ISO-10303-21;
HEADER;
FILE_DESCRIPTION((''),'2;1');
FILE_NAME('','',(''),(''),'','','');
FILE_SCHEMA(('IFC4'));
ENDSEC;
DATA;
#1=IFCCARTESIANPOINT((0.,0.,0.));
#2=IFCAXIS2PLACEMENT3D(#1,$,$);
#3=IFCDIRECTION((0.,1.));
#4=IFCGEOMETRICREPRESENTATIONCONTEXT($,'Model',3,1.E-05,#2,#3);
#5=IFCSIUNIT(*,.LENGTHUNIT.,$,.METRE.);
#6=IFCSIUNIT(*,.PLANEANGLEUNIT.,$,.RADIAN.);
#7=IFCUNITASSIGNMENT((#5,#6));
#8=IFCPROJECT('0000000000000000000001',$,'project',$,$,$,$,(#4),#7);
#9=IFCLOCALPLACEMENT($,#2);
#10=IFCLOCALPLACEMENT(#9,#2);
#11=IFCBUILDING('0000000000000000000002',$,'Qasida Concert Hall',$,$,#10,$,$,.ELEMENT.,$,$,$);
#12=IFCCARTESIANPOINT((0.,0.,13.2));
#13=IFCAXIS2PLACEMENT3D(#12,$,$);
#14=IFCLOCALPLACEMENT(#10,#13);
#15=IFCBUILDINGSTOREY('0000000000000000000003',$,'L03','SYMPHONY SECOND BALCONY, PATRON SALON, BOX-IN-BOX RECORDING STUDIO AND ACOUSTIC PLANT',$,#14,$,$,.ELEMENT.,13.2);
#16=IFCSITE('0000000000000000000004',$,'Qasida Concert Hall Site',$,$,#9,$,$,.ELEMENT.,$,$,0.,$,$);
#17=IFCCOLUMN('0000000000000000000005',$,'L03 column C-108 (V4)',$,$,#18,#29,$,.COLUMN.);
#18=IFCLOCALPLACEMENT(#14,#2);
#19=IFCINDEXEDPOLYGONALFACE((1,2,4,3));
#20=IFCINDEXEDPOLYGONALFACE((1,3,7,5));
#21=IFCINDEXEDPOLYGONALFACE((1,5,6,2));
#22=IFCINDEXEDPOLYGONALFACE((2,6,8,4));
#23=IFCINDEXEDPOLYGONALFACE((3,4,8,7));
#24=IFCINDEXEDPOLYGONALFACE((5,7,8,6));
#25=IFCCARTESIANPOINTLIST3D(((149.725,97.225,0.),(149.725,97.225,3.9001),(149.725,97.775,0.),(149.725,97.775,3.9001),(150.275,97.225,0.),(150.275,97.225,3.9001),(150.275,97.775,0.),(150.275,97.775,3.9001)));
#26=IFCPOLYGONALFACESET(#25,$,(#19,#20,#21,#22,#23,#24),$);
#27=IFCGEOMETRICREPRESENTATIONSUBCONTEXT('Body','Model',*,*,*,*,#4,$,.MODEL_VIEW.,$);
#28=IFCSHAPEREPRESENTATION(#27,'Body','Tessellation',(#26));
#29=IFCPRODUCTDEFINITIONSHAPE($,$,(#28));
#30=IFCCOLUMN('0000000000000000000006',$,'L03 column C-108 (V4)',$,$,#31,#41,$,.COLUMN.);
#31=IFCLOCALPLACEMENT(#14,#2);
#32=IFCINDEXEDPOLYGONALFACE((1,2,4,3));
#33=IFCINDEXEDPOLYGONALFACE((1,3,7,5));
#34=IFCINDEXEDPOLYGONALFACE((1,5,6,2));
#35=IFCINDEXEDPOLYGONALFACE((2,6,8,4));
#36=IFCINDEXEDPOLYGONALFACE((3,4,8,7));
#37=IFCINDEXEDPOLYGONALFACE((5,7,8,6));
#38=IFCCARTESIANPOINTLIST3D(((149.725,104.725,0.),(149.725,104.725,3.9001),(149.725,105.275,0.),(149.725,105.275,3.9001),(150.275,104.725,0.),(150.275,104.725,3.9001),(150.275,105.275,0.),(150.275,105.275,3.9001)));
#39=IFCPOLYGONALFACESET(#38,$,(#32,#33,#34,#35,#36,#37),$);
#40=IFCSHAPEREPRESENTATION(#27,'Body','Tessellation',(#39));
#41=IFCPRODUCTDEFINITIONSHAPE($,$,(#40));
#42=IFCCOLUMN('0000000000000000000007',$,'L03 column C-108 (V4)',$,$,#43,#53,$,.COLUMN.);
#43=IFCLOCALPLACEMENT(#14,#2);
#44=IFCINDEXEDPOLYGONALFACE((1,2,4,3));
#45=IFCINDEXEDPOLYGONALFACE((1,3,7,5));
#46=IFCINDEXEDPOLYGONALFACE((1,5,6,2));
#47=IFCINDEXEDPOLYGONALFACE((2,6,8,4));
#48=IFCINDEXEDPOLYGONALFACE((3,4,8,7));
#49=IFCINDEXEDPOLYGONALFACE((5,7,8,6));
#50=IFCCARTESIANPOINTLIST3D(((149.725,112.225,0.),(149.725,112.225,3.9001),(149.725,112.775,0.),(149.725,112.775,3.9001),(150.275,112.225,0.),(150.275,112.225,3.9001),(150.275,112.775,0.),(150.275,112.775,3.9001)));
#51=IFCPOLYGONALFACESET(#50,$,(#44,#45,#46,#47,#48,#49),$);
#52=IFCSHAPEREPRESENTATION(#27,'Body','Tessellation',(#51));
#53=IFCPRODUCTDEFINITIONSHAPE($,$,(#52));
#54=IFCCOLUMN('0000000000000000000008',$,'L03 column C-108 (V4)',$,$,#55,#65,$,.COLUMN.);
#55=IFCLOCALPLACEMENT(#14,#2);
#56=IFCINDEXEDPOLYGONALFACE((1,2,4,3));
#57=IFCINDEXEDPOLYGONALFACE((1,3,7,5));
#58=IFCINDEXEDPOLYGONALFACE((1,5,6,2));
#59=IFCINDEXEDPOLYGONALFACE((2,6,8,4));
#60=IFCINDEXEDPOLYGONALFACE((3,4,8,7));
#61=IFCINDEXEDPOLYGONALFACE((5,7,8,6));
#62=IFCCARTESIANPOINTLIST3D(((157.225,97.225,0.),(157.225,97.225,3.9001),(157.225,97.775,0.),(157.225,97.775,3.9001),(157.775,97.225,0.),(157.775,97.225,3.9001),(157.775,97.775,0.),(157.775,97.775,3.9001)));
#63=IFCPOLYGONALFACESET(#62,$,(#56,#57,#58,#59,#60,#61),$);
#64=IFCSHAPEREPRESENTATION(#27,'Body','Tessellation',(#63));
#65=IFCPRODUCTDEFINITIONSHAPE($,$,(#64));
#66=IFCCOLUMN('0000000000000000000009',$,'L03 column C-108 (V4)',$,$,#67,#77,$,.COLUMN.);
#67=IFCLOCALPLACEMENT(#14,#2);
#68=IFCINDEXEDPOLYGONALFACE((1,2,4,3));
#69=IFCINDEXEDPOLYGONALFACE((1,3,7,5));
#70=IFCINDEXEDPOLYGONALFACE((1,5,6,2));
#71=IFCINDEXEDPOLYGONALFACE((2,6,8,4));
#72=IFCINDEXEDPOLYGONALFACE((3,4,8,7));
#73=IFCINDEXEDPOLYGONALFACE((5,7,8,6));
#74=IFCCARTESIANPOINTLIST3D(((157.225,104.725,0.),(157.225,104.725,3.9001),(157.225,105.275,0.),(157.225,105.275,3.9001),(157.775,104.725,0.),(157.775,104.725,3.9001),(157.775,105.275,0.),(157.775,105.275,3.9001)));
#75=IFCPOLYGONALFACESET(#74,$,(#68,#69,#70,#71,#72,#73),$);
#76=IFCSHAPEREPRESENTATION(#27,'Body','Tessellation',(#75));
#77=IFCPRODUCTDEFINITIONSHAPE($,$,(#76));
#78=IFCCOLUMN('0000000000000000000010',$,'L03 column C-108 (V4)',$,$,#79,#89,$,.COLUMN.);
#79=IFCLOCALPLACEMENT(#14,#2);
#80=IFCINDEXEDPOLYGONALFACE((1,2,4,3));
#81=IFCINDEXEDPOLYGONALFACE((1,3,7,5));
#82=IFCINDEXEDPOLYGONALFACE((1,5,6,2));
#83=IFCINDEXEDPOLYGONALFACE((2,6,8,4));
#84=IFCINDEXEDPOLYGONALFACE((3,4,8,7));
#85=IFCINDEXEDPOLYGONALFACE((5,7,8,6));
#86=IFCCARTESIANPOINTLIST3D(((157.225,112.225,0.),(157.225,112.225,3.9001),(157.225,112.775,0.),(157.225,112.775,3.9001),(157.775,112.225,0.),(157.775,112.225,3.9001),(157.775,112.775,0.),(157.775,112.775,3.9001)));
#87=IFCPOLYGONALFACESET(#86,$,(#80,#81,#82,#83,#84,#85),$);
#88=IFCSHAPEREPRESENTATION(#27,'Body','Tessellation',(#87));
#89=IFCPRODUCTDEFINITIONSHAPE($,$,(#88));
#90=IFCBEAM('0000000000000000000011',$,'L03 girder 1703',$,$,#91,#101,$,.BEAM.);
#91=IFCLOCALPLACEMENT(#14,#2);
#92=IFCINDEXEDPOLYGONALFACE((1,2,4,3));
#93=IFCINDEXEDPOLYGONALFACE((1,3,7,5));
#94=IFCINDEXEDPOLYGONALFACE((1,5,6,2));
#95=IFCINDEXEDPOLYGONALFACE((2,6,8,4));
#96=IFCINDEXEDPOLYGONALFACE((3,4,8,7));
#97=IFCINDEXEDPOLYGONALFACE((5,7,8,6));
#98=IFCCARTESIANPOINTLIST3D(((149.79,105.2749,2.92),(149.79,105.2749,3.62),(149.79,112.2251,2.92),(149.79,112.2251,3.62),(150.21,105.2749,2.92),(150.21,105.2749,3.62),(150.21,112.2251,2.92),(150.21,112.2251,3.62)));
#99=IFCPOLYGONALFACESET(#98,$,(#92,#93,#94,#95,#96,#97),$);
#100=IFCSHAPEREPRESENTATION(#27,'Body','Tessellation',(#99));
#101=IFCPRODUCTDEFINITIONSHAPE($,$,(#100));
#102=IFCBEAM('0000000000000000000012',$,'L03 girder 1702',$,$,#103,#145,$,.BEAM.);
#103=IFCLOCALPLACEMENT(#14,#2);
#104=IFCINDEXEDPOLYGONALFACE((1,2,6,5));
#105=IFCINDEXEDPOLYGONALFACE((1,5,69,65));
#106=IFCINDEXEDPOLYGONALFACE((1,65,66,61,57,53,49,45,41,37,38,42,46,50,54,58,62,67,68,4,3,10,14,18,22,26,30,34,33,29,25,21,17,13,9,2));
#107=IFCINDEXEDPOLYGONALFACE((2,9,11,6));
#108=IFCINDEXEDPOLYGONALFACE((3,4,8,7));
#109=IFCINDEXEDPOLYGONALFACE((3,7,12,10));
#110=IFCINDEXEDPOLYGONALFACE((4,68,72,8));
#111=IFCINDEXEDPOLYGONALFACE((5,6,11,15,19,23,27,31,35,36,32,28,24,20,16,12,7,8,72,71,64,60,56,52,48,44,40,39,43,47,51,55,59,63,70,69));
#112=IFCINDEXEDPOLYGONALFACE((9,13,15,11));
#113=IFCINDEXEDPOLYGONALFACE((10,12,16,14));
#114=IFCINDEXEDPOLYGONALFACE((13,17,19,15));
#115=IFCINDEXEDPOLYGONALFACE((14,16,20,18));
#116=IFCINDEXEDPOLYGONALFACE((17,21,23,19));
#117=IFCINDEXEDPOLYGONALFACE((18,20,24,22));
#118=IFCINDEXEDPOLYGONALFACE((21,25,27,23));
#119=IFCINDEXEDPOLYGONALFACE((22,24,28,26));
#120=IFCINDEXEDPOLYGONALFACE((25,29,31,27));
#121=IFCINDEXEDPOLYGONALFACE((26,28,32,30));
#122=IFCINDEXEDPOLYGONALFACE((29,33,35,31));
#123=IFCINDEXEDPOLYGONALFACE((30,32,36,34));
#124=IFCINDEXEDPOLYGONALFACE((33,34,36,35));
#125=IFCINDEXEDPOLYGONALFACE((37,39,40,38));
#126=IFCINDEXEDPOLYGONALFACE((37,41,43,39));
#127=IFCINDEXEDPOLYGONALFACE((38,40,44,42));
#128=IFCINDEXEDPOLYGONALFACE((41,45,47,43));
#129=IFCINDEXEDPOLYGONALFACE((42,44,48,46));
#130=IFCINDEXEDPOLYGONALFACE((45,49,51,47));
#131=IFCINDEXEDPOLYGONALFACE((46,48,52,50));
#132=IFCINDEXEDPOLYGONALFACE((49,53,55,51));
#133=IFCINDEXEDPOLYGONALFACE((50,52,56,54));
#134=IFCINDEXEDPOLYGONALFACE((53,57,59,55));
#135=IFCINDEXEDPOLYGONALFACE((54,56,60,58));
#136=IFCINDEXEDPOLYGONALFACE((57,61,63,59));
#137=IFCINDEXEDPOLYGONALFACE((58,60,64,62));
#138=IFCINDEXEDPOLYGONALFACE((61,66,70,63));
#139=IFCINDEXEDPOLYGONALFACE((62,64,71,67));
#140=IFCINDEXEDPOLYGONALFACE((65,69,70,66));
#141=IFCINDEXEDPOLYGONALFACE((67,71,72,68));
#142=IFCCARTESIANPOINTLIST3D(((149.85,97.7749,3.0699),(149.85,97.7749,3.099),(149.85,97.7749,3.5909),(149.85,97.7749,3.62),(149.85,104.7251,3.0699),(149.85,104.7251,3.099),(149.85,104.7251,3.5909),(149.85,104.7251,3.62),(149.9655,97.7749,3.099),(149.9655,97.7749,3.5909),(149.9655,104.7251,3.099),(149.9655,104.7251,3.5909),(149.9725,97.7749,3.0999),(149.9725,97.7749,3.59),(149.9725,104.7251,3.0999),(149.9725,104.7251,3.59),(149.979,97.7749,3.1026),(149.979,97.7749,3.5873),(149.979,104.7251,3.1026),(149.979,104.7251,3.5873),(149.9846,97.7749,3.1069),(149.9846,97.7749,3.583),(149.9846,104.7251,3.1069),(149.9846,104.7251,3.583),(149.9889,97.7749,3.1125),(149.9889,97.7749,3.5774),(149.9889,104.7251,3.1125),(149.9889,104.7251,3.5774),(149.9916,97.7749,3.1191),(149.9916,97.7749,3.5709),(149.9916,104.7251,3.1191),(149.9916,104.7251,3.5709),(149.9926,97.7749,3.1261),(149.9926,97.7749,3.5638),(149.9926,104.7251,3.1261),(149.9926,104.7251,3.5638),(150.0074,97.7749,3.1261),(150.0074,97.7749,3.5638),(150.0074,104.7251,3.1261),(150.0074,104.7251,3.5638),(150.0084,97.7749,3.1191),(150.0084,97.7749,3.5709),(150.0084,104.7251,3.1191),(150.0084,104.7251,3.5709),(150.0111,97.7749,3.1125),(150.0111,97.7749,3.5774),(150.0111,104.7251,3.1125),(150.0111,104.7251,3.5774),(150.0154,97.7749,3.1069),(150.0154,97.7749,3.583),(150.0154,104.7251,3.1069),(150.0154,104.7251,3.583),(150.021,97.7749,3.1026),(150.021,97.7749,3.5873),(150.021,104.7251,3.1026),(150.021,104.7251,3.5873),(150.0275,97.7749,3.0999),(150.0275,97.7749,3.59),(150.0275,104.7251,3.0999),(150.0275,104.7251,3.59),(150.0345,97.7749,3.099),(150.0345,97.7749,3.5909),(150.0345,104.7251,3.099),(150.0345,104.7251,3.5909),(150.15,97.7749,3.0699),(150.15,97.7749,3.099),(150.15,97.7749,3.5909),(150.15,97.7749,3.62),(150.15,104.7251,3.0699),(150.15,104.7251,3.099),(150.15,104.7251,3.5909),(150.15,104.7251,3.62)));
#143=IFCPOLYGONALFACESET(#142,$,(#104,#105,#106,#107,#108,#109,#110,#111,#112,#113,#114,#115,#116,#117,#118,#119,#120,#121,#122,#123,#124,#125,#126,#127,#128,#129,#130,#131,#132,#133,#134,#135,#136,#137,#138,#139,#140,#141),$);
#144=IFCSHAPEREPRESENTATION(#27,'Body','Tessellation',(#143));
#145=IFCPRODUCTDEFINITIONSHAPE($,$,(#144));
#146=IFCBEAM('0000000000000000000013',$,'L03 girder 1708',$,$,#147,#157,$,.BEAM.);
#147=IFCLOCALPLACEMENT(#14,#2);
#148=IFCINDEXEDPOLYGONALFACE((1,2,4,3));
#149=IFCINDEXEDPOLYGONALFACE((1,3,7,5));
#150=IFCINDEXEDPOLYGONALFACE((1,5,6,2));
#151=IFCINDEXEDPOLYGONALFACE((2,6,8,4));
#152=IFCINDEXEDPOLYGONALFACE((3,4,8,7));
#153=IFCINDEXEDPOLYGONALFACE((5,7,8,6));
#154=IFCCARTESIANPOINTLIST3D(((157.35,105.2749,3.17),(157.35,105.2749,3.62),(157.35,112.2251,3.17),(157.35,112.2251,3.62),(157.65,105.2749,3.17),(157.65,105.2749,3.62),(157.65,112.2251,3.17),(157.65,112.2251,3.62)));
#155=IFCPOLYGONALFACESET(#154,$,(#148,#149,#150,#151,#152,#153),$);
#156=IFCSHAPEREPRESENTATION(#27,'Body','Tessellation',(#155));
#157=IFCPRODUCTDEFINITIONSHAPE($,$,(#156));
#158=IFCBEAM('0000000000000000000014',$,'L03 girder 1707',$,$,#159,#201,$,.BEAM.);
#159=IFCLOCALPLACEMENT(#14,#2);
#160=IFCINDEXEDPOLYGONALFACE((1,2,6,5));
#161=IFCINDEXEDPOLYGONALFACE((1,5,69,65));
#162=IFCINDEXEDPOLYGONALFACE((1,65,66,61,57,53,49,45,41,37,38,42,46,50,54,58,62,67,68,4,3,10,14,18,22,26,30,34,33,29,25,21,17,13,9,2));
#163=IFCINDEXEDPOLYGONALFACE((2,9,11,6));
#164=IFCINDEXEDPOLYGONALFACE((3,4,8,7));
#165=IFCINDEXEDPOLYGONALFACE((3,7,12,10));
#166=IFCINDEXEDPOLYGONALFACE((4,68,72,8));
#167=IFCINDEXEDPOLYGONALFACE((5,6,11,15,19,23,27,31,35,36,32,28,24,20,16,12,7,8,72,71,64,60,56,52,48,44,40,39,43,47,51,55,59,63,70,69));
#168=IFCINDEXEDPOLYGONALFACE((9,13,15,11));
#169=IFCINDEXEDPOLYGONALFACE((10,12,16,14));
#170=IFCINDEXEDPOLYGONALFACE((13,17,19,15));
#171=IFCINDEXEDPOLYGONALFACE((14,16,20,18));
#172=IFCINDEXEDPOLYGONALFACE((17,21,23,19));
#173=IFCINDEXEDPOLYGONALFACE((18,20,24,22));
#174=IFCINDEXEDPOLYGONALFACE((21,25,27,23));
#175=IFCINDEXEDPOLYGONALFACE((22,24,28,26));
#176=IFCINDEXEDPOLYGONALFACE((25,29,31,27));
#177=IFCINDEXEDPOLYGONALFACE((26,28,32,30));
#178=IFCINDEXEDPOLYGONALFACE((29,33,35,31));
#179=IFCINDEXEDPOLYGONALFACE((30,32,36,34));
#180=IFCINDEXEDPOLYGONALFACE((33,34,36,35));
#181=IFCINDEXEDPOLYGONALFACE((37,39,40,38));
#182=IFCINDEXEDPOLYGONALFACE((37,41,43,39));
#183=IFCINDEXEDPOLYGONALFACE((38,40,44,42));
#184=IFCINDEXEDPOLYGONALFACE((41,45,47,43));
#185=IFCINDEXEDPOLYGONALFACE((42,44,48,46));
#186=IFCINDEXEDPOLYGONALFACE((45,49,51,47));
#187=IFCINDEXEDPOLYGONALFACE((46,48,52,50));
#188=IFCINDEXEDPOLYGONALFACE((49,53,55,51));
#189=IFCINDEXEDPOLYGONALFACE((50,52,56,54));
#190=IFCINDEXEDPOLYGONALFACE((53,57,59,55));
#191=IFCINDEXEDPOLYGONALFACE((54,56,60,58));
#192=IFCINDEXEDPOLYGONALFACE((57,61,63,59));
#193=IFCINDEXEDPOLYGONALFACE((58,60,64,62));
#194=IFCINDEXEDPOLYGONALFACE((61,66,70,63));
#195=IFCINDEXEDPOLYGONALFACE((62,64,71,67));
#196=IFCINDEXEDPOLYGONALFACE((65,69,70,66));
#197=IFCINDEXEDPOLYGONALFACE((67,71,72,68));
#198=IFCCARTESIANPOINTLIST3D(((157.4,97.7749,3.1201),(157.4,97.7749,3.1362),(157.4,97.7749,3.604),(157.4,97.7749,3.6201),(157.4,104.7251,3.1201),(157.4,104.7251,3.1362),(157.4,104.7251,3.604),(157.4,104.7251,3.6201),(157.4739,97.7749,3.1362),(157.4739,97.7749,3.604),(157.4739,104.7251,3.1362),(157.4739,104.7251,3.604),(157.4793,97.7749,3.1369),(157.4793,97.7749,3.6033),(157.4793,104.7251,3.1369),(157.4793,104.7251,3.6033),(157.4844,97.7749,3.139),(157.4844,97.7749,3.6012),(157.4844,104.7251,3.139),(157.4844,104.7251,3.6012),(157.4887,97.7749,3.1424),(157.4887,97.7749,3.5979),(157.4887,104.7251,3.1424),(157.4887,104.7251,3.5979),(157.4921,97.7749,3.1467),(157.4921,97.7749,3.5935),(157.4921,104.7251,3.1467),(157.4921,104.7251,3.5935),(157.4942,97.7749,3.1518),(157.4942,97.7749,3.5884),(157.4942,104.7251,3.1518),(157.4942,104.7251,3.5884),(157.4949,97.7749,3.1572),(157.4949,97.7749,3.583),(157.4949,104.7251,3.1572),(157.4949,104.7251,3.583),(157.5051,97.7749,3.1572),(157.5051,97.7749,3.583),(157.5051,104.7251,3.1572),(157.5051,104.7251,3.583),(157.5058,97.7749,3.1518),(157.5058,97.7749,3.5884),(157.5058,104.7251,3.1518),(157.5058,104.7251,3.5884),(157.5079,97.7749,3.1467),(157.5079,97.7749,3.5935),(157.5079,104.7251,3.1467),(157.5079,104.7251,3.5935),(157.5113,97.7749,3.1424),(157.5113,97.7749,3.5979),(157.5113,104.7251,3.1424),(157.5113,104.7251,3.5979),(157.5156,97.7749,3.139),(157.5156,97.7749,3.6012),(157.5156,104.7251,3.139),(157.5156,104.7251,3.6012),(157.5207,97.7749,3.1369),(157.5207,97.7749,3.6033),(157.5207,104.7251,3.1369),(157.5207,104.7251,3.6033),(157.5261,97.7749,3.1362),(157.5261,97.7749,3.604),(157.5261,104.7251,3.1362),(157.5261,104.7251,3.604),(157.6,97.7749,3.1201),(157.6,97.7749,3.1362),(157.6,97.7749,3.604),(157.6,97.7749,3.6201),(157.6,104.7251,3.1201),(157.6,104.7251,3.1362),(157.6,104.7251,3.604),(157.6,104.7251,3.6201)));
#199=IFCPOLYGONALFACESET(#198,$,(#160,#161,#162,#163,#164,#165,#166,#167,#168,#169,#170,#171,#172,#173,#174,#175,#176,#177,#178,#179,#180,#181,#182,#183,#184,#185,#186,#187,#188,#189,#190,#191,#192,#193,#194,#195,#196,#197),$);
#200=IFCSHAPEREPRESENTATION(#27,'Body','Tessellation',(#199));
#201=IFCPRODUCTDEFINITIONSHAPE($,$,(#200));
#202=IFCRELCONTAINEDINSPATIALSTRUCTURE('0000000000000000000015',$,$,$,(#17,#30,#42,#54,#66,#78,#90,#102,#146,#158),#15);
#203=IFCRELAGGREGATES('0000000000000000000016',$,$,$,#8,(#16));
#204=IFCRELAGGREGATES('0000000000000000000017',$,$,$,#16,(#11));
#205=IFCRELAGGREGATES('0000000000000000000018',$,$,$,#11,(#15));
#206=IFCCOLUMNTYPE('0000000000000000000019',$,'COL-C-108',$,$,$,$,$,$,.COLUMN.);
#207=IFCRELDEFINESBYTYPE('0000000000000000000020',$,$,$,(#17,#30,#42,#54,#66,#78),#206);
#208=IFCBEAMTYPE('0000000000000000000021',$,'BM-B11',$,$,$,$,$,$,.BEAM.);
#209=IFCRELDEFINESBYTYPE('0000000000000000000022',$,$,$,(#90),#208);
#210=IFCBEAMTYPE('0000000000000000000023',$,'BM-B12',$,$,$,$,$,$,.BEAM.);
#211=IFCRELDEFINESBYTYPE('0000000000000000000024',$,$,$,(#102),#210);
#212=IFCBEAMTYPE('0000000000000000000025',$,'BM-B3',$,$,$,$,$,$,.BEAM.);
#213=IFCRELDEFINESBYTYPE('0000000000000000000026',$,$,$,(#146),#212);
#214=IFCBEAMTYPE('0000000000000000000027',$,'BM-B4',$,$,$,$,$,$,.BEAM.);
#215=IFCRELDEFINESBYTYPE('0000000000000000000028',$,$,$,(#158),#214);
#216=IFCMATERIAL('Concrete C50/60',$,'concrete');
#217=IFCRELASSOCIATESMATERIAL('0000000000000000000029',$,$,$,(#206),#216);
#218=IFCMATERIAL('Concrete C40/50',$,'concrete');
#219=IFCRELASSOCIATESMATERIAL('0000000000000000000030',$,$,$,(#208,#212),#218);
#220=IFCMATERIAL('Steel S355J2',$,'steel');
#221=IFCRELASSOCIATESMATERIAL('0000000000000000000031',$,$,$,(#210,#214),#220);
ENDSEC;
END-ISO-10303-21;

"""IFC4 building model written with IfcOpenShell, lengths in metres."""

from ifc_helpers import new_model, si_unit, direction, frame, origin, origin_2d, place, context, subcontext, project, spatial, rectangle, i_section, extrude, material, material_profile, profile_set, type_object, element, save


model = new_model("IFC4")

# Units and contexts
model_context = context("Model", 3, precision=1e-05, world=origin(), true_north=direction((0.0, 1.0)))
body_context = subcontext(model_context, "Body", "Model", "MODEL_VIEW")
ifc_project = project(units=[si_unit("LENGTHUNIT", "METRE"), si_unit("PLANEANGLEUNIT", "RADIAN")], contexts=[model_context])

# Site, building, storey
site_placement = place(None, origin())
site = spatial("IfcSite", under=ifc_project, at=site_placement, Name="Qasida Concert Hall Site", CompositionType="ELEMENT", RefElevation=0.0)
building_placement = place(site_placement, origin())
building = spatial("IfcBuilding", under=site, at=building_placement, Name="Qasida Concert Hall", CompositionType="ELEMENT")
storey_placement = place(building_placement, frame((0.0, 0.0, 13.2)))
storey = spatial("IfcBuildingStorey", under=building, at=storey_placement, Name="L03", Description="SYMPHONY SECOND BALCONY, PATRON SALON, BOX-IN-BOX RECORDING STUDIO AND ACOUSTIC PLANT", CompositionType="ELEMENT", Elevation=13.2)

# Columns
ifc_material_1 = material(Name="Concrete C50/60", Category="concrete")
ifc_material_profile_1 = material_profile(ifc_material_1, rectangle(XDim=0.55, YDim=0.55, at=origin_2d()), Name="RC 550x550")
ifc_profile_set_1 = profile_set([ifc_material_profile_1], Name="Concrete C50/60")
column_type = type_object("IfcColumnType", Name="COL-C-108", PredefinedType="COLUMN", material=ifc_profile_set_1)
for number, where, z_axis, x_axis, name in (
    (1, (150.0, 97.5, 0.0), (0.0, 0.0, 1.0), (1.0, 0.0, 0.0), "L03 column C-108 (V4)"),
    (2, (150.0, 105.0, 0.0), (0.0, 0.0, 1.0), (1.0, 0.0, 0.0), "L03 column C-108 (V4)"),
    (3, (150.0, 112.5, 0.0), (0.0, 0.0, 1.0), (1.0, 0.0, 0.0), "L03 column C-108 (V4)"),
    (4, (157.5, 97.5, 0.0), (0.0, 0.0, 1.0), (1.0, 0.0, 0.0), "L03 column C-108 (V4)"),
    (5, (157.5, 105.0, 0.0), (0.0, 0.0, 1.0), (1.0, 0.0, 0.0), "L03 column C-108 (V4)"),
    (6, (157.5, 112.5, 0.0), (0.0, 0.0, 1.0), (1.0, 0.0, 0.0), "L03 column C-108 (V4)"),
):
    element("IfcColumn", number, at=place(storey_placement, frame(where, z_axis=z_axis, x_axis=x_axis)), inside=storey, type_object=column_type, Name=name, PredefinedType="COLUMN", context=body_context, shape_type="SweptSolid", body=[
        extrude(rectangle(XDim=0.55, YDim=0.55, at=origin_2d()), origin(), (0.0, 0.0, 1.0), 3.9001),
    ])

# Beams
ifc_material_2 = material(Name="Concrete C40/50", Category="concrete")
ifc_material_profile_2 = material_profile(ifc_material_2, rectangle(XDim=0.4199, YDim=0.7, at=origin_2d()), Name="RC 420x700")
ifc_profile_set_2 = profile_set([ifc_material_profile_2], Name="Concrete C40/50")
beam_type_1 = type_object("IfcBeamType", Name="BM-B11", PredefinedType="BEAM", material=ifc_profile_set_2)
beam_1_placement = place(storey_placement, frame((150.0, 105.2749, 3.27), z_axis=(0.0, 1.0, 0.0), x_axis=(-1.0, 0.0, 0.0)))
element("IfcBeam", 7, at=beam_1_placement, inside=storey, type_object=beam_type_1, Name="L03 girder 1703", PredefinedType="BEAM", context=body_context, shape_type="SweptSolid", body=[
    extrude(rectangle(XDim=0.4199, YDim=0.7, at=origin_2d()), origin(), (0.0, 0.0, 1.0), 6.9502),
])
ifc_material_3 = material(Name="Steel S355J2", Category="steel")
ifc_material_profile_3 = material_profile(ifc_material_3, i_section(OverallWidth=0.3, OverallDepth=0.55, WebThickness=0.0149, FlangeThickness=0.0291, FilletRadius=0.0271, at=origin_2d()), Name="HEB 550")
ifc_profile_set_3 = profile_set([ifc_material_profile_3], Name="Steel S355J2")
beam_type_2 = type_object("IfcBeamType", Name="BM-B12", PredefinedType="BEAM", material=ifc_profile_set_3)
beam_2_placement = place(storey_placement, frame((150.0, 97.7749, 3.345), z_axis=(0.0, 1.0, 0.0), x_axis=(-1.0, 0.0, 0.0)))
element("IfcBeam", 8, at=beam_2_placement, inside=storey, type_object=beam_type_2, Name="L03 girder 1702", PredefinedType="BEAM", context=body_context, shape_type="SweptSolid", body=[
    extrude(i_section(OverallWidth=0.3, OverallDepth=0.55, WebThickness=0.0149, FlangeThickness=0.0291, FilletRadius=0.0271, at=origin_2d()), origin(), (0.0, 0.0, 1.0), 6.9502),
])
ifc_material_profile_4 = material_profile(ifc_material_2, rectangle(XDim=0.3, YDim=0.45, at=origin_2d()), Name="RC 300x450")
ifc_profile_set_4 = profile_set([ifc_material_profile_4], Name="Concrete C40/50")
beam_type_3 = type_object("IfcBeamType", Name="BM-B3", PredefinedType="BEAM", material=ifc_profile_set_4)
beam_3_placement = place(storey_placement, frame((157.5, 105.2749, 3.395), z_axis=(0.0, 1.0, 0.0), x_axis=(-1.0, 0.0, 0.0)))
element("IfcBeam", 9, at=beam_3_placement, inside=storey, type_object=beam_type_3, Name="L03 girder 1708", PredefinedType="BEAM", context=body_context, shape_type="SweptSolid", body=[
    extrude(rectangle(XDim=0.3, YDim=0.45, at=origin_2d()), origin(), (0.0, 0.0, 1.0), 6.9502),
])
ifc_material_profile_5 = material_profile(ifc_material_3, i_section(OverallWidth=0.2, OverallDepth=0.5, WebThickness=0.0103, FlangeThickness=0.0161, FilletRadius=0.021, at=origin_2d()), Name="IPE 500")
ifc_profile_set_5 = profile_set([ifc_material_profile_5], Name="Steel S355J2")
beam_type_4 = type_object("IfcBeamType", Name="BM-B4", PredefinedType="BEAM", material=ifc_profile_set_5)
beam_4_placement = place(storey_placement, frame((157.5, 97.7749, 3.3701), z_axis=(0.0, 1.0, 0.0), x_axis=(-1.0, 0.0, 0.0)))
element("IfcBeam", 10, at=beam_4_placement, inside=storey, type_object=beam_type_4, Name="L03 girder 1707", PredefinedType="BEAM", context=body_context, shape_type="SweptSolid", body=[
    extrude(i_section(OverallWidth=0.2, OverallDepth=0.5, WebThickness=0.0103, FlangeThickness=0.0161, FilletRadius=0.021, at=origin_2d()), origin(), (0.0, 0.0, 1.0), 6.9502),
])

save(model, "model.ifc")
